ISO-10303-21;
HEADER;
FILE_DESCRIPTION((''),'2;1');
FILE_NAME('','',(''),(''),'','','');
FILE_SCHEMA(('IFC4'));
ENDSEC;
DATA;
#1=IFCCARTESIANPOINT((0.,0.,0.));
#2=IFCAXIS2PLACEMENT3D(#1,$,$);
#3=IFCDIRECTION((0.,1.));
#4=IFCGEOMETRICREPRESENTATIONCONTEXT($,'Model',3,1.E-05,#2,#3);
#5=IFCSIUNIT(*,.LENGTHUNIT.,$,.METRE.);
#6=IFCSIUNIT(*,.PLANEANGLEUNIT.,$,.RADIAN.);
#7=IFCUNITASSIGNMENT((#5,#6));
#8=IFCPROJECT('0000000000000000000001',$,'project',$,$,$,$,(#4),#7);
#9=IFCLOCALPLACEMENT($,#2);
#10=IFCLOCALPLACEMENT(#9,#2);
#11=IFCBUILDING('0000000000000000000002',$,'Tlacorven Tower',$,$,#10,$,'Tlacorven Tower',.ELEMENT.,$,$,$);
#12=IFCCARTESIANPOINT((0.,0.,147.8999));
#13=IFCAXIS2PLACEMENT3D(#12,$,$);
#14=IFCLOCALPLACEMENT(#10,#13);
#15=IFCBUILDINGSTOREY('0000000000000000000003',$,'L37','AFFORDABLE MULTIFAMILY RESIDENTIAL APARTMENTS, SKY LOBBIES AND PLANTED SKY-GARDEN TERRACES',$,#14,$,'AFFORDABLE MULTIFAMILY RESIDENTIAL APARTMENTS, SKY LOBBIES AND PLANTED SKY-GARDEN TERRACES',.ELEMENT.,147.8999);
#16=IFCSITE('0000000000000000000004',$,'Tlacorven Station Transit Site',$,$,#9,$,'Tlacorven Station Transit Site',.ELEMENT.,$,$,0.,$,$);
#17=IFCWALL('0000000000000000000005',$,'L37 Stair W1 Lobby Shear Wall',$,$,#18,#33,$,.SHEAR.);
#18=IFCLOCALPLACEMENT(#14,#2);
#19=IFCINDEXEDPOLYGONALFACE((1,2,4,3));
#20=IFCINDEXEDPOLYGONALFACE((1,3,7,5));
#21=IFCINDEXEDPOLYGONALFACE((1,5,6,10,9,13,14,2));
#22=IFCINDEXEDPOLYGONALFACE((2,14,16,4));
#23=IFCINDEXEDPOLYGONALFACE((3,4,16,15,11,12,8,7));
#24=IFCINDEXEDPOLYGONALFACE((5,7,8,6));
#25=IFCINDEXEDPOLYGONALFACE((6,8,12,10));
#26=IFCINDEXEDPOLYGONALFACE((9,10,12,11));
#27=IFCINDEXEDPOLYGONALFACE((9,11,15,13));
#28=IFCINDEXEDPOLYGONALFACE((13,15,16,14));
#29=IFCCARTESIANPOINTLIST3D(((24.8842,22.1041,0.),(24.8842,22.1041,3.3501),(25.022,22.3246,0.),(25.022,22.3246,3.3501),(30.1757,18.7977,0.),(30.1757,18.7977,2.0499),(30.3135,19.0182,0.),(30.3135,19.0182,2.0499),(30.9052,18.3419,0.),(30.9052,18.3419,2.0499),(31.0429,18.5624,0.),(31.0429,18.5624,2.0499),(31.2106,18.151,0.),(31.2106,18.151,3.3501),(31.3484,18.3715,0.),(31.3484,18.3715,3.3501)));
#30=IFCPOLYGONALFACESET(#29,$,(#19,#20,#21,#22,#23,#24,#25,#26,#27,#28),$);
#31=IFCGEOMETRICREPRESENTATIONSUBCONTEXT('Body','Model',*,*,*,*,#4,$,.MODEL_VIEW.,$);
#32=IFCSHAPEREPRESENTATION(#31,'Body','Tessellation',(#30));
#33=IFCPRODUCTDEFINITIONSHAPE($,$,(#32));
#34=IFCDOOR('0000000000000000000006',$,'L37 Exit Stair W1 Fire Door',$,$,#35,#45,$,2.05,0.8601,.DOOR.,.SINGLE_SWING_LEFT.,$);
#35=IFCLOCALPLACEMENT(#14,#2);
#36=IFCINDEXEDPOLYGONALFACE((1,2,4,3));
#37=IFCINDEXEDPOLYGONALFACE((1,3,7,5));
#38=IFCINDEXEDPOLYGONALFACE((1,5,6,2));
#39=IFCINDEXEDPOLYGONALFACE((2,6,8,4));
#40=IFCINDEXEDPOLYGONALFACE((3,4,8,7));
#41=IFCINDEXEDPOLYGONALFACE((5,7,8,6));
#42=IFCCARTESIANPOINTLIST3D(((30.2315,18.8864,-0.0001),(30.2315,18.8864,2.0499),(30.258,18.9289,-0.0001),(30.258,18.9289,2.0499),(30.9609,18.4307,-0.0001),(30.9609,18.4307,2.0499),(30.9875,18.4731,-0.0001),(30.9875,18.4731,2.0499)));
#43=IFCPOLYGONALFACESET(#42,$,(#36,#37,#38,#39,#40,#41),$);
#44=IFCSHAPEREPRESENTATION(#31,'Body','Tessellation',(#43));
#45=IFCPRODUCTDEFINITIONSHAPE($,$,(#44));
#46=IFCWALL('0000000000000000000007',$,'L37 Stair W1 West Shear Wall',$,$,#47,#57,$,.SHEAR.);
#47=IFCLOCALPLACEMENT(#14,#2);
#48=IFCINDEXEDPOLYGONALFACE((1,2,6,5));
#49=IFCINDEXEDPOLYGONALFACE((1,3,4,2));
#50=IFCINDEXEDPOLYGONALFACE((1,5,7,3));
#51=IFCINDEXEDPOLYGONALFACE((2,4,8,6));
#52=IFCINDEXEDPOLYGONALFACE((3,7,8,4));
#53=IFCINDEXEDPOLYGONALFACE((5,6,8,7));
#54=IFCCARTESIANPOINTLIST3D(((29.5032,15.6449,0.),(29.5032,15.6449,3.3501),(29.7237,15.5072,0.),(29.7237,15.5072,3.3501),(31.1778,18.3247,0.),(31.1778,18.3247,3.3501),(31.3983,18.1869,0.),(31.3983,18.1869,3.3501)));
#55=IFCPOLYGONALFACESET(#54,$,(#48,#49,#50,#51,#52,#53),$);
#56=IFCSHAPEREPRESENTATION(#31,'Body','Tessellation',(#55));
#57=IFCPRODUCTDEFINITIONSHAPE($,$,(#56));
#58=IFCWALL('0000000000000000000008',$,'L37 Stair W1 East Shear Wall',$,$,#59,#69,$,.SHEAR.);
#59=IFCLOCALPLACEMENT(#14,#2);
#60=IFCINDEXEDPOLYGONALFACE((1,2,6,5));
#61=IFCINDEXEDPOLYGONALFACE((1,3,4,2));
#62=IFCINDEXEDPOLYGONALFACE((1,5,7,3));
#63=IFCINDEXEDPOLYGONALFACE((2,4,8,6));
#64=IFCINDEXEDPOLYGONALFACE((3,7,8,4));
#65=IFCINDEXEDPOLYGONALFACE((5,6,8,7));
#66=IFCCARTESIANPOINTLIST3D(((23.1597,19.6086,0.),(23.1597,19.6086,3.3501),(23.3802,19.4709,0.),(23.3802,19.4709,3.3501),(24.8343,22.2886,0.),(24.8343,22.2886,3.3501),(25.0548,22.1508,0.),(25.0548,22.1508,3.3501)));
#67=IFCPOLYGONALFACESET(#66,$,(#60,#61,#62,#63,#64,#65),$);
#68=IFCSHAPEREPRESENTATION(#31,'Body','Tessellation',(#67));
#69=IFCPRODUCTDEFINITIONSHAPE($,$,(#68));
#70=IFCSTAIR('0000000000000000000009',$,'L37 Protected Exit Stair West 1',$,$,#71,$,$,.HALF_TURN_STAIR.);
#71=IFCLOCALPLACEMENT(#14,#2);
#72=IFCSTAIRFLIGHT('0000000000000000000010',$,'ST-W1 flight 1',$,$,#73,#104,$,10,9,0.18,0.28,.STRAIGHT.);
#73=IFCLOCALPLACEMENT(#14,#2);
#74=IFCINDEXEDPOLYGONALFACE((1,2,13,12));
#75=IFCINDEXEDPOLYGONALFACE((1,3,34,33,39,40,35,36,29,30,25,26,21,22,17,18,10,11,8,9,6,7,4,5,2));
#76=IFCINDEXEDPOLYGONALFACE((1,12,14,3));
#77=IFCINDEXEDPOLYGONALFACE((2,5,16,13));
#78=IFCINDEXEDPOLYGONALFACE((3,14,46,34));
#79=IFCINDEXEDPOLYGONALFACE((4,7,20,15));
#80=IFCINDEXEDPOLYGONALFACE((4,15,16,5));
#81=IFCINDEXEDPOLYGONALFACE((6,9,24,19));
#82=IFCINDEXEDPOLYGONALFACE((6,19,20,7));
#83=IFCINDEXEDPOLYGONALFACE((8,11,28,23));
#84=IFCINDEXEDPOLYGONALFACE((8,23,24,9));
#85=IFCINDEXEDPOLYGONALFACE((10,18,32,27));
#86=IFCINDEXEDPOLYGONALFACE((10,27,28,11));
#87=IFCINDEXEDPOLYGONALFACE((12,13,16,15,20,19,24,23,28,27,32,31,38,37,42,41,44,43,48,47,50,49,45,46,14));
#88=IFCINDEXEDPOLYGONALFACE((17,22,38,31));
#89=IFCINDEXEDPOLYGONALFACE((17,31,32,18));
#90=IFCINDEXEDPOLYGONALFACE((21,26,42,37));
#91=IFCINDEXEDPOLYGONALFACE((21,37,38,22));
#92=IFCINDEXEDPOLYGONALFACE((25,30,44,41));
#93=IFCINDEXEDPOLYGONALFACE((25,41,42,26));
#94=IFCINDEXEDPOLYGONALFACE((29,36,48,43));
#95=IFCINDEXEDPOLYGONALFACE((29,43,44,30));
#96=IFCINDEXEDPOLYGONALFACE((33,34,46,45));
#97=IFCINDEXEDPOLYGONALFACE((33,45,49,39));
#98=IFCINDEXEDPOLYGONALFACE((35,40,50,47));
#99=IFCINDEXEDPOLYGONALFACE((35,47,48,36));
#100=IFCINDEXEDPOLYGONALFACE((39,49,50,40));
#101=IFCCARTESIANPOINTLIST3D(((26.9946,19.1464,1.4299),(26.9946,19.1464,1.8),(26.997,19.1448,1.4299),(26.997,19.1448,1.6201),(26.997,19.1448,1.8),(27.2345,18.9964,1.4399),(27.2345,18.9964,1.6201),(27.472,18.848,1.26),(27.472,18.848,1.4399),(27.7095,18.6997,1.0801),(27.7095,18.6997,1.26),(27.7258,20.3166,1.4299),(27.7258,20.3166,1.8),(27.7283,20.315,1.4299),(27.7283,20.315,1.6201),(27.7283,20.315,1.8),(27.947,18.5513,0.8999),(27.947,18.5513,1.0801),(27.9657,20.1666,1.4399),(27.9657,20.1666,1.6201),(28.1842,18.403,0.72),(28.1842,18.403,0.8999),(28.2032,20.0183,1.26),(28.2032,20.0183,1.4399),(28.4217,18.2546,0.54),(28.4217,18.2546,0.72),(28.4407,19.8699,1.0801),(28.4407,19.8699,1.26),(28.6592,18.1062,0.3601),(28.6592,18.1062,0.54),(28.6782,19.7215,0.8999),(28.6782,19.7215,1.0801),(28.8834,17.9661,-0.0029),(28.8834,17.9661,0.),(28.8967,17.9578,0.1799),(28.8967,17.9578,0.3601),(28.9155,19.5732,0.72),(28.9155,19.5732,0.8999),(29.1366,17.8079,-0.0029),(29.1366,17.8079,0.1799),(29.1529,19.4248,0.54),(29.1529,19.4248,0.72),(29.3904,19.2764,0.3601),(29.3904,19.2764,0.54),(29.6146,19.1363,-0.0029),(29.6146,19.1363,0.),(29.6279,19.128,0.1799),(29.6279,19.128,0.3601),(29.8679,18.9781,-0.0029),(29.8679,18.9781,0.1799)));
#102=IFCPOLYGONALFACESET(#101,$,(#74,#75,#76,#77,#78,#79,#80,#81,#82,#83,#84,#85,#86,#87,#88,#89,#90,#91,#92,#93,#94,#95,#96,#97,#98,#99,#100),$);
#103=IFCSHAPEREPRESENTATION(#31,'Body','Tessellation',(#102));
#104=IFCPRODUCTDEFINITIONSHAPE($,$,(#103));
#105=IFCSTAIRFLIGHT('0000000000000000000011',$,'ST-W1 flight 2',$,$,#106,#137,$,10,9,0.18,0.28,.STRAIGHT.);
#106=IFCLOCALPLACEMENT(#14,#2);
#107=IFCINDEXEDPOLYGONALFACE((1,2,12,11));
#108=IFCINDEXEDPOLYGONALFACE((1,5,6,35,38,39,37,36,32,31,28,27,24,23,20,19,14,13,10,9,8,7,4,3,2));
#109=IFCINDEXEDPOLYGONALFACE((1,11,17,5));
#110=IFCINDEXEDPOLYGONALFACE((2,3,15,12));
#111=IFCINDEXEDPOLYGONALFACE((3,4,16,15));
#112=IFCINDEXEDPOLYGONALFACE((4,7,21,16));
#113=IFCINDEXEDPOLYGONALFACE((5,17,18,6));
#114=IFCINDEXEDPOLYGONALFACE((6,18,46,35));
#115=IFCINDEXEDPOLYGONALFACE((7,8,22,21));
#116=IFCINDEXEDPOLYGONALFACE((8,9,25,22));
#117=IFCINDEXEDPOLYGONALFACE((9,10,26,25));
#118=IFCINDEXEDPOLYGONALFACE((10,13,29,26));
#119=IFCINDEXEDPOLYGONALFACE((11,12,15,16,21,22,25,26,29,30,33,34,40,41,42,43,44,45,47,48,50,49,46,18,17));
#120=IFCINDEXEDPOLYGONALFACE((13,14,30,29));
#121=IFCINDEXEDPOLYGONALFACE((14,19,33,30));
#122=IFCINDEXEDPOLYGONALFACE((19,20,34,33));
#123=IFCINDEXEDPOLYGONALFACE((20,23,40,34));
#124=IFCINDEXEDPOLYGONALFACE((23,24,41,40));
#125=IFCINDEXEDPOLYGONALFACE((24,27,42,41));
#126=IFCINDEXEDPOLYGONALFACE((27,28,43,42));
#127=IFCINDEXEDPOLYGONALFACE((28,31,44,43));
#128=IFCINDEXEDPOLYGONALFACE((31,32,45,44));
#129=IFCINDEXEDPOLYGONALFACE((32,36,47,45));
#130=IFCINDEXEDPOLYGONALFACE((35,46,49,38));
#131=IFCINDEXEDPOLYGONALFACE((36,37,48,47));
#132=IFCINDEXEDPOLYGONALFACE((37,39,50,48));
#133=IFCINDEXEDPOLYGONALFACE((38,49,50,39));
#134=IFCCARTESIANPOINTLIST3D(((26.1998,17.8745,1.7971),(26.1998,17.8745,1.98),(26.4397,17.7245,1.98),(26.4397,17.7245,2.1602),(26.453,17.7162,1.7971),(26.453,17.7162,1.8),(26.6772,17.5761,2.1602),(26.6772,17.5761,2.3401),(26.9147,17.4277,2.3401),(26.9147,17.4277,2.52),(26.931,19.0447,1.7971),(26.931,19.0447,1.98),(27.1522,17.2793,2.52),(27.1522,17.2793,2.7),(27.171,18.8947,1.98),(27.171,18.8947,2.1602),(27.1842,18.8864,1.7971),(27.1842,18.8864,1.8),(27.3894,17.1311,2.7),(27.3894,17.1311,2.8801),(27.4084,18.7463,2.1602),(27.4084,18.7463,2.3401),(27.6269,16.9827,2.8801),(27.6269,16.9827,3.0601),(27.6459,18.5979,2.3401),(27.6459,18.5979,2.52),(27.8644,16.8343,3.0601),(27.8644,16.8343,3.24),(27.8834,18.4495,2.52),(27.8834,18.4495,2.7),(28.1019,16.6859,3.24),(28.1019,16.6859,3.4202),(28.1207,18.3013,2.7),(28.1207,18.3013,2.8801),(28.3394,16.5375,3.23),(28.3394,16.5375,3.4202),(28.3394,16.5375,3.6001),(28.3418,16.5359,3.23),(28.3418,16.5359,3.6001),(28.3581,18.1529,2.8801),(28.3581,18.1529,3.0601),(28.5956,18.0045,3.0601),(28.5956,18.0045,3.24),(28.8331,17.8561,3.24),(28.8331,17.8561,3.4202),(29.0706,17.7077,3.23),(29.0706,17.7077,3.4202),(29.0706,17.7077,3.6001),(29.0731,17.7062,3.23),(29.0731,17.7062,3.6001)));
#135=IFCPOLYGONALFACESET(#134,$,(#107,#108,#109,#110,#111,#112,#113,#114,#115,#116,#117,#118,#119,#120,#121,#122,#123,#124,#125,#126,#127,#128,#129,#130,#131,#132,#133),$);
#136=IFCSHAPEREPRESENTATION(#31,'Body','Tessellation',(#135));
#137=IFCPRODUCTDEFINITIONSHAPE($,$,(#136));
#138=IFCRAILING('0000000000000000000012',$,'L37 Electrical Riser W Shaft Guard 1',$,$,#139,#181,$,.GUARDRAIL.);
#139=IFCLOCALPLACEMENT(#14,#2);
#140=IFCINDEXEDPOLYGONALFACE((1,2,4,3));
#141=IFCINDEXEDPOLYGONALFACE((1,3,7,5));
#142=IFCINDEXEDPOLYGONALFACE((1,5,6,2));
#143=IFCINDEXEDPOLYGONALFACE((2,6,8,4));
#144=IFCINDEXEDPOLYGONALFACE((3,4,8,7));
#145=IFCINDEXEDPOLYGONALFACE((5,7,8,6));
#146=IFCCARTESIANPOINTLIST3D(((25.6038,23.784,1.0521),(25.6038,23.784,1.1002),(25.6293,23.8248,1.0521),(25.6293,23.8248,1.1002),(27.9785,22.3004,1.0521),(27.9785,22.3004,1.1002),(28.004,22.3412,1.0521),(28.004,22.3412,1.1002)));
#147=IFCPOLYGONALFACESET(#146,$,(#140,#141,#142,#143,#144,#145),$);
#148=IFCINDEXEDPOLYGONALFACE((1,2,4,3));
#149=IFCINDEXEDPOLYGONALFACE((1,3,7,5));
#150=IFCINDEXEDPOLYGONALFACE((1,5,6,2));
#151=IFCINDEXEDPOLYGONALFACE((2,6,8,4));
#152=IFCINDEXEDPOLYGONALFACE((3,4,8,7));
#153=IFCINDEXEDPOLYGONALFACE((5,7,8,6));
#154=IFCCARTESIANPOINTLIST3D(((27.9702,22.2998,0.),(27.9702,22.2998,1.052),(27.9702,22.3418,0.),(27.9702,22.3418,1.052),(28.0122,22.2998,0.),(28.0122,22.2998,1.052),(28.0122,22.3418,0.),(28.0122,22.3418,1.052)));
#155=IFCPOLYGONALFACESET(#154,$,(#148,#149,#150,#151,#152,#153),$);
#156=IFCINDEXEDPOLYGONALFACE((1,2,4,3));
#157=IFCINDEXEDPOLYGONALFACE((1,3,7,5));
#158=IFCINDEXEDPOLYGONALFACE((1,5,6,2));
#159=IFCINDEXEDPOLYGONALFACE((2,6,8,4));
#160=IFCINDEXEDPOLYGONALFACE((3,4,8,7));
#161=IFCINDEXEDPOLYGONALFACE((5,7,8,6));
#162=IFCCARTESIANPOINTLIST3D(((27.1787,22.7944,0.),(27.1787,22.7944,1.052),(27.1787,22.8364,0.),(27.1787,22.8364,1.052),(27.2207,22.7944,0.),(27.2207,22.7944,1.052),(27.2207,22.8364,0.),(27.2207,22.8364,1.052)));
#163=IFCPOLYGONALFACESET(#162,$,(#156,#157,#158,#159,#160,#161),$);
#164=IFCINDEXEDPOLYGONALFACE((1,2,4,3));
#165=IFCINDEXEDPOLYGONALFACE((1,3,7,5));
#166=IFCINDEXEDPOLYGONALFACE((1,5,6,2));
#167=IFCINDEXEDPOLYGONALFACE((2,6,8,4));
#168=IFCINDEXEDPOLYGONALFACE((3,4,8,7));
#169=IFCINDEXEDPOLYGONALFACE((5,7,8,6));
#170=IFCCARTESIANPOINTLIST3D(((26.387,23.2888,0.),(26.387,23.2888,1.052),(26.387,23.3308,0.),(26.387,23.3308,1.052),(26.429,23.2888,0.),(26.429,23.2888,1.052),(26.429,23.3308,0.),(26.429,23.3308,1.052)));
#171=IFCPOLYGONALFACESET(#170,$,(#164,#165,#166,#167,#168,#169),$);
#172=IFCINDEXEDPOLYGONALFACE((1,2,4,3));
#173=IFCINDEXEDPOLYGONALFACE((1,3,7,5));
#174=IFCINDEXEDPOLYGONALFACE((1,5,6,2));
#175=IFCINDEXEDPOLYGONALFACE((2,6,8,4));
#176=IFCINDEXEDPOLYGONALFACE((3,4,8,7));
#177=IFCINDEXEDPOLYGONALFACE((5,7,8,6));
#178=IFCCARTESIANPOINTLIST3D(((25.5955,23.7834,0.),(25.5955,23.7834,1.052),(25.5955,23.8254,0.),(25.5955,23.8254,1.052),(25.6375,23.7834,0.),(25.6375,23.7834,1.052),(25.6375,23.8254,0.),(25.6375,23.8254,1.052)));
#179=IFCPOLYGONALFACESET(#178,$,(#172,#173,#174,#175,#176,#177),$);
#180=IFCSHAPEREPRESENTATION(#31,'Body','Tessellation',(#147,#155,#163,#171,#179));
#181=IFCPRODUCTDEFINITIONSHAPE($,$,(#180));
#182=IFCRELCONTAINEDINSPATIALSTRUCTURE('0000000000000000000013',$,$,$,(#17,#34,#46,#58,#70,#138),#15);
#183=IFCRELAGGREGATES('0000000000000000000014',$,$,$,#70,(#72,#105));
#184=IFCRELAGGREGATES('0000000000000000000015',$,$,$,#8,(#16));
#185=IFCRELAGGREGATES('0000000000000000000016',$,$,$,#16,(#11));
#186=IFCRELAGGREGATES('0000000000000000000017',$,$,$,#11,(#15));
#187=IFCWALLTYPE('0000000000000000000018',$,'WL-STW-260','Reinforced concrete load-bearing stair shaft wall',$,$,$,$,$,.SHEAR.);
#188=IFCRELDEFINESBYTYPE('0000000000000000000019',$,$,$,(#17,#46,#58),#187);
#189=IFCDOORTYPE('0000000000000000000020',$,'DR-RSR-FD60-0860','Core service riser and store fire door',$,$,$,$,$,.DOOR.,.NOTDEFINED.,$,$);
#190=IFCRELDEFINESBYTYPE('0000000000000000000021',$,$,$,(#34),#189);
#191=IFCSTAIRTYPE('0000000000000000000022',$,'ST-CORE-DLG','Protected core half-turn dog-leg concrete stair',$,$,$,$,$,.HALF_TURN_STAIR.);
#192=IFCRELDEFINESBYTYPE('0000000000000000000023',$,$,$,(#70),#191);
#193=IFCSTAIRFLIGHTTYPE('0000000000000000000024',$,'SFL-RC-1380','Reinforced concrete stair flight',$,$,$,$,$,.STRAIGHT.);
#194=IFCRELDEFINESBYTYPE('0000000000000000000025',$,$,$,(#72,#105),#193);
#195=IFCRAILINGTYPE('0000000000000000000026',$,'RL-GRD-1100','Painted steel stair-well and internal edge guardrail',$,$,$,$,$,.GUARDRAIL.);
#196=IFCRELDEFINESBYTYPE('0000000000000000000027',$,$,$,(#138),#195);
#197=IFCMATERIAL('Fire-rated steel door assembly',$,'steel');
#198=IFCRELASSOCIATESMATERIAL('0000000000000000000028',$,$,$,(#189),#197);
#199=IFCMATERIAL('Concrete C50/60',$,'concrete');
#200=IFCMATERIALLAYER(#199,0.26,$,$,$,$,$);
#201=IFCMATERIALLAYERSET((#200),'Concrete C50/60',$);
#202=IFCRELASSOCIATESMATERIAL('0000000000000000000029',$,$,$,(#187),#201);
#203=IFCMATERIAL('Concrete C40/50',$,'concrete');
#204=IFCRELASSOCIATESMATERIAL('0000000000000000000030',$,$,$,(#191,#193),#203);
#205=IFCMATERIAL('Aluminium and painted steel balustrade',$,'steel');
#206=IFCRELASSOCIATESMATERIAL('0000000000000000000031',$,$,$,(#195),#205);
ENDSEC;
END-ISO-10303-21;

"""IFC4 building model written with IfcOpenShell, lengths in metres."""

from ifc_helpers import new_model, si_unit, direction, frame, frame_2d, origin, origin_2d, place, context, subcontext, project, spatial, polyline, rectangle, outline, extrude, source, transform, mapped, material, layer, layer_set, type_object, element, fill, aggregate, save


model = new_model("IFC4")

# Units and contexts
model_context = context("Model", 3, precision=1e-05, world=origin(), true_north=direction((0.0, 1.0)))
body_context = subcontext(model_context, "Body", "Model", "MODEL_VIEW")
ifc_project = project(units=[si_unit("LENGTHUNIT", "METRE"), si_unit("PLANEANGLEUNIT", "RADIAN")], contexts=[model_context])

# Site, building, storey
site_placement = place(None, origin())
site = spatial("IfcSite", under=ifc_project, at=site_placement, Name="Tlacorven Station Transit Site", LongName="Tlacorven Station Transit Site", CompositionType="ELEMENT", RefElevation=0.0)
building_placement = place(site_placement, origin())
building = spatial("IfcBuilding", under=site, at=building_placement, Name="Tlacorven Tower", LongName="Tlacorven Tower", CompositionType="ELEMENT")
storey_placement = place(building_placement, frame((0.0, 0.0, 147.8999)))
storey = spatial("IfcBuildingStorey", under=building, at=storey_placement, Name="L37", Description="AFFORDABLE MULTIFAMILY RESIDENTIAL APARTMENTS, SKY LOBBIES AND PLANTED SKY-GARDEN TERRACES", LongName="AFFORDABLE MULTIFAMILY RESIDENTIAL APARTMENTS, SKY LOBBIES AND PLANTED SKY-GARDEN TERRACES", CompositionType="ELEMENT", Elevation=147.8999)

# Shared definitions
ifc_material_1 = material(Name="Concrete C40/50", Category="concrete")
ifc_material_2 = material(Name="Fire-rated steel door assembly", Category="steel")

# Shared definitions
door_type_1 = type_object("IfcDoorType", Name="DR-RSR-FD60-0860", Description="Core service riser and store fire door", OperationType="NOTDEFINED", PredefinedType="DOOR", material=ifc_material_2)
shared_shape_1 = source(origin(), body_context, "Body", "SweptSolid", [
    extrude(rectangle(XDim=0.8601, YDim=2.05, at=frame_2d((0.4302, 1.0249))), frame((0.0, 0.0249, 0.0), z_axis=(0.0, -1.0, 0.0), x_axis=(1.0, 0.0, 0.0)), (0.0, 0.0, 1.0), 0.05),
])

# Wall, opening, door
ifc_material_3 = material(Name="Concrete C50/60", Category="concrete")
ifc_layer_1 = layer(ifc_material_3, 0.26)
ifc_layer_set_1 = layer_set([ifc_layer_1], Name="Concrete C50/60")
wall_type_1 = type_object("IfcWallType", Name="WL-STW-260", Description="Reinforced concrete load-bearing stair shaft wall", PredefinedType="SHEAR", material=ifc_layer_set_1)
wall_1_placement = place(storey_placement, frame((31.2795, 18.2612, 0.0), z_axis=(0.0, 0.0, 1.0), x_axis=(-0.848052, 0.529914, 0.0)))
wall_1 = element("IfcWall", 1, at=wall_1_placement, inside=storey, type_object=wall_type_1, Name="L37 Stair W1 Lobby Shear Wall", PredefinedType="SHEAR", context=body_context, shape_type="SweptSolid", body=[
    extrude(rectangle(XDim=7.46, YDim=0.26, at=frame_2d((3.73, 0.0))), origin(), (0.0, 0.0, 1.0), 3.3501),
])
opening_1_placement = place(wall_1_placement, frame((0.3601, 0.0, 0.0)))
opening_1 = element("IfcOpeningElement", 2, at=opening_1_placement, cuts=wall_1, PredefinedType="OPENING", context=body_context, shape_type="SweptSolid", body=[
    extrude(rectangle(XDim=0.8601, YDim=2.05, at=frame_2d((0.4302, 1.0249))), frame((0.0, 0.1401, 0.0), z_axis=(0.0, -1.0, 0.0), x_axis=(1.0, 0.0, 0.0)), (0.0, 0.0, 1.0), 0.28),
])
door_1_placement = place(opening_1_placement, frame((0.8601, 0.0, 0.0), z_axis=(0.0, 0.0, 1.0), x_axis=(-1.0, 0.0, 0.0)))
door_1 = element("IfcDoor", 3, at=door_1_placement, inside=storey, type_object=door_type_1, Name="L37 Exit Stair W1 Fire Door", OperationType="SINGLE_SWING_LEFT", OverallHeight=2.05, OverallWidth=0.8601, PredefinedType="DOOR", context=body_context, shape_type="MappedRepresentation", body=[
    mapped(shared_shape_1, transform((0.0, 0.0, 0.0), scale=1.0)),
])
fill(opening_1, door_1)

# Walls
wall_2_placement = place(storey_placement, frame((31.2881, 18.2559, 0.0), z_axis=(0.0, 0.0, 1.0), x_axis=(-0.529943, -0.848033, 0.0)))
element("IfcWall", 4, at=wall_2_placement, inside=storey, type_object=wall_type_1, Name="L37 Stair W1 West Shear Wall", PredefinedType="SHEAR", context=body_context, shape_type="SweptSolid", body=[
    extrude(rectangle(XDim=3.1599, YDim=0.26, at=frame_2d((1.5801, 0.0))), origin(), (0.0, 0.0, 1.0), 3.3501),
])
wall_3_placement = place(storey_placement, frame((24.9446, 22.2197, 0.0), z_axis=(0.0, 0.0, 1.0), x_axis=(-0.529909, -0.848055, 0.0)))
element("IfcWall", 5, at=wall_3_placement, inside=storey, type_object=wall_type_1, Name="L37 Stair W1 East Shear Wall", PredefinedType="SHEAR", context=body_context, shape_type="SweptSolid", body=[
    extrude(rectangle(XDim=3.1602, YDim=0.26, at=frame_2d((1.5801, 0.0))), origin(), (0.0, 0.0, 1.0), 3.3501),
])

# Stair, stair flights
stair_type = type_object("IfcStairType", Name="ST-CORE-DLG", Description="Protected core half-turn dog-leg concrete stair", PredefinedType="HALF_TURN_STAIR", material=ifc_material_1)
stair_placement = place(storey_placement, origin())
stair = element("IfcStair", 6, at=stair_placement, inside=storey, type_object=stair_type, Name="L37 Protected Exit Stair West 1", PredefinedType="HALF_TURN_STAIR")
stair_flight_type = type_object("IfcStairFlightType", Name="SFL-RC-1380", Description="Reinforced concrete stair flight", PredefinedType="STRAIGHT", material=ifc_material_1)
shared_shape_2 = source(origin(), body_context, "Body", "SweptSolid", [
    extrude(outline(polyline([(-0.0029, -0.0029), (-0.0029, 0.1799), (0.28, 0.1799), (0.28, 0.3601), (0.5601, 0.3601), (0.5601, 0.54), (0.8401, 0.54), (0.8401, 0.72), (1.1201, 0.72), (1.1201, 0.8999), (1.3999, 0.8999), (1.3999, 1.0801), (1.6799, 1.0801), (1.6799, 1.26), (1.96, 1.26), (1.96, 1.4399), (2.24, 1.4399), (2.24, 1.6201), (2.52, 1.6201), (2.52, 1.8), (2.5229, 1.8), (2.5229, 1.4299), (2.52, 1.4299), (0.2957, 0.0), (0.2957, -0.0029), (-0.0029, -0.0029)])), frame((0.0, 0.6899, 0.0), z_axis=(0.0, -1.0, 0.0), x_axis=(1.0, 0.0, 0.0)), (0.0, 0.0, 1.0), 1.3799),
])
stair_flight_1_placement = place(storey_placement, frame((29.4998, 18.3945, 0.0), z_axis=(0.0, 0.0, 1.0), x_axis=(-0.848048, 0.529919, 0.0)))
stair_flight_1 = element("IfcStairFlight", 7, at=stair_flight_1_placement, type_object=stair_flight_type, Name="ST-W1 flight 1", NumberOfRisers=10, NumberOfTreads=9, PredefinedType="STRAIGHT", RiserHeight=0.18, TreadLength=0.28, context=body_context, shape_type="MappedRepresentation", body=[
    mapped(shared_shape_2, transform((0.0, 0.0, 0.0), scale=1.0)),
])
stair_flight_2_placement = place(storey_placement, frame((26.5679, 18.458, 1.8), z_axis=(0.0, 0.0, 1.0), x_axis=(0.848048, -0.529919, 0.0)))
stair_flight_2 = element("IfcStairFlight", 8, at=stair_flight_2_placement, type_object=stair_flight_type, Name="ST-W1 flight 2", NumberOfRisers=10, NumberOfTreads=9, PredefinedType="STRAIGHT", RiserHeight=0.18, TreadLength=0.28, context=body_context, shape_type="MappedRepresentation", body=[
    mapped(shared_shape_2, transform((0.0, 0.0, 0.0), scale=1.0)),
])
aggregate(stair, [stair_flight_1, stair_flight_2])

# Railing
ifc_material_4 = material(Name="Aluminium and painted steel balustrade", Category="steel")
railing_type_1 = type_object("IfcRailingType", Name="RL-GRD-1100", Description="Painted steel stair-well and internal edge guardrail", PredefinedType="GUARDRAIL", material=ifc_material_4)
shared_shape_3 = source(origin(), body_context, "Body", "SweptSolid", [
    extrude(rectangle(XDim=0.0481, YDim=0.0481, at=origin_2d()), frame((0.0, 0.0, 1.0762), z_axis=(-0.848091, 0.52985, 0.0), x_axis=(-0.52985, -0.848091, 0.0)), (0.0, 0.0, 1.0), 2.8),
    extrude(rectangle(XDim=0.042, YDim=0.042, at=origin_2d()), origin(), (0.0, 0.0, 1.0), 1.052),
    extrude(rectangle(XDim=0.042, YDim=0.042, at=origin_2d()), frame((-0.7915, 0.4946, 0.0)), (0.0, 0.0, 1.0), 1.052),
    extrude(rectangle(XDim=0.042, YDim=0.042, at=origin_2d()), frame((-1.5833, 0.989, 0.0)), (0.0, 0.0, 1.0), 1.052),
    extrude(rectangle(XDim=0.042, YDim=0.042, at=origin_2d()), frame((-2.3748, 1.4836, 0.0)), (0.0, 0.0, 1.0), 1.052),
])
railing_1_placement = place(storey_placement, frame((27.9912, 22.3208, 0.0)))
element("IfcRailing", 9, at=railing_1_placement, inside=storey, type_object=railing_type_1, Name="L37 Electrical Riser W Shaft Guard 1", PredefinedType="GUARDRAIL", context=body_context, shape_type="MappedRepresentation", body=[
    mapped(shared_shape_3, transform((0.0, 0.0, 0.0), scale=1.0)),
])

save(model, "model.ifc")
